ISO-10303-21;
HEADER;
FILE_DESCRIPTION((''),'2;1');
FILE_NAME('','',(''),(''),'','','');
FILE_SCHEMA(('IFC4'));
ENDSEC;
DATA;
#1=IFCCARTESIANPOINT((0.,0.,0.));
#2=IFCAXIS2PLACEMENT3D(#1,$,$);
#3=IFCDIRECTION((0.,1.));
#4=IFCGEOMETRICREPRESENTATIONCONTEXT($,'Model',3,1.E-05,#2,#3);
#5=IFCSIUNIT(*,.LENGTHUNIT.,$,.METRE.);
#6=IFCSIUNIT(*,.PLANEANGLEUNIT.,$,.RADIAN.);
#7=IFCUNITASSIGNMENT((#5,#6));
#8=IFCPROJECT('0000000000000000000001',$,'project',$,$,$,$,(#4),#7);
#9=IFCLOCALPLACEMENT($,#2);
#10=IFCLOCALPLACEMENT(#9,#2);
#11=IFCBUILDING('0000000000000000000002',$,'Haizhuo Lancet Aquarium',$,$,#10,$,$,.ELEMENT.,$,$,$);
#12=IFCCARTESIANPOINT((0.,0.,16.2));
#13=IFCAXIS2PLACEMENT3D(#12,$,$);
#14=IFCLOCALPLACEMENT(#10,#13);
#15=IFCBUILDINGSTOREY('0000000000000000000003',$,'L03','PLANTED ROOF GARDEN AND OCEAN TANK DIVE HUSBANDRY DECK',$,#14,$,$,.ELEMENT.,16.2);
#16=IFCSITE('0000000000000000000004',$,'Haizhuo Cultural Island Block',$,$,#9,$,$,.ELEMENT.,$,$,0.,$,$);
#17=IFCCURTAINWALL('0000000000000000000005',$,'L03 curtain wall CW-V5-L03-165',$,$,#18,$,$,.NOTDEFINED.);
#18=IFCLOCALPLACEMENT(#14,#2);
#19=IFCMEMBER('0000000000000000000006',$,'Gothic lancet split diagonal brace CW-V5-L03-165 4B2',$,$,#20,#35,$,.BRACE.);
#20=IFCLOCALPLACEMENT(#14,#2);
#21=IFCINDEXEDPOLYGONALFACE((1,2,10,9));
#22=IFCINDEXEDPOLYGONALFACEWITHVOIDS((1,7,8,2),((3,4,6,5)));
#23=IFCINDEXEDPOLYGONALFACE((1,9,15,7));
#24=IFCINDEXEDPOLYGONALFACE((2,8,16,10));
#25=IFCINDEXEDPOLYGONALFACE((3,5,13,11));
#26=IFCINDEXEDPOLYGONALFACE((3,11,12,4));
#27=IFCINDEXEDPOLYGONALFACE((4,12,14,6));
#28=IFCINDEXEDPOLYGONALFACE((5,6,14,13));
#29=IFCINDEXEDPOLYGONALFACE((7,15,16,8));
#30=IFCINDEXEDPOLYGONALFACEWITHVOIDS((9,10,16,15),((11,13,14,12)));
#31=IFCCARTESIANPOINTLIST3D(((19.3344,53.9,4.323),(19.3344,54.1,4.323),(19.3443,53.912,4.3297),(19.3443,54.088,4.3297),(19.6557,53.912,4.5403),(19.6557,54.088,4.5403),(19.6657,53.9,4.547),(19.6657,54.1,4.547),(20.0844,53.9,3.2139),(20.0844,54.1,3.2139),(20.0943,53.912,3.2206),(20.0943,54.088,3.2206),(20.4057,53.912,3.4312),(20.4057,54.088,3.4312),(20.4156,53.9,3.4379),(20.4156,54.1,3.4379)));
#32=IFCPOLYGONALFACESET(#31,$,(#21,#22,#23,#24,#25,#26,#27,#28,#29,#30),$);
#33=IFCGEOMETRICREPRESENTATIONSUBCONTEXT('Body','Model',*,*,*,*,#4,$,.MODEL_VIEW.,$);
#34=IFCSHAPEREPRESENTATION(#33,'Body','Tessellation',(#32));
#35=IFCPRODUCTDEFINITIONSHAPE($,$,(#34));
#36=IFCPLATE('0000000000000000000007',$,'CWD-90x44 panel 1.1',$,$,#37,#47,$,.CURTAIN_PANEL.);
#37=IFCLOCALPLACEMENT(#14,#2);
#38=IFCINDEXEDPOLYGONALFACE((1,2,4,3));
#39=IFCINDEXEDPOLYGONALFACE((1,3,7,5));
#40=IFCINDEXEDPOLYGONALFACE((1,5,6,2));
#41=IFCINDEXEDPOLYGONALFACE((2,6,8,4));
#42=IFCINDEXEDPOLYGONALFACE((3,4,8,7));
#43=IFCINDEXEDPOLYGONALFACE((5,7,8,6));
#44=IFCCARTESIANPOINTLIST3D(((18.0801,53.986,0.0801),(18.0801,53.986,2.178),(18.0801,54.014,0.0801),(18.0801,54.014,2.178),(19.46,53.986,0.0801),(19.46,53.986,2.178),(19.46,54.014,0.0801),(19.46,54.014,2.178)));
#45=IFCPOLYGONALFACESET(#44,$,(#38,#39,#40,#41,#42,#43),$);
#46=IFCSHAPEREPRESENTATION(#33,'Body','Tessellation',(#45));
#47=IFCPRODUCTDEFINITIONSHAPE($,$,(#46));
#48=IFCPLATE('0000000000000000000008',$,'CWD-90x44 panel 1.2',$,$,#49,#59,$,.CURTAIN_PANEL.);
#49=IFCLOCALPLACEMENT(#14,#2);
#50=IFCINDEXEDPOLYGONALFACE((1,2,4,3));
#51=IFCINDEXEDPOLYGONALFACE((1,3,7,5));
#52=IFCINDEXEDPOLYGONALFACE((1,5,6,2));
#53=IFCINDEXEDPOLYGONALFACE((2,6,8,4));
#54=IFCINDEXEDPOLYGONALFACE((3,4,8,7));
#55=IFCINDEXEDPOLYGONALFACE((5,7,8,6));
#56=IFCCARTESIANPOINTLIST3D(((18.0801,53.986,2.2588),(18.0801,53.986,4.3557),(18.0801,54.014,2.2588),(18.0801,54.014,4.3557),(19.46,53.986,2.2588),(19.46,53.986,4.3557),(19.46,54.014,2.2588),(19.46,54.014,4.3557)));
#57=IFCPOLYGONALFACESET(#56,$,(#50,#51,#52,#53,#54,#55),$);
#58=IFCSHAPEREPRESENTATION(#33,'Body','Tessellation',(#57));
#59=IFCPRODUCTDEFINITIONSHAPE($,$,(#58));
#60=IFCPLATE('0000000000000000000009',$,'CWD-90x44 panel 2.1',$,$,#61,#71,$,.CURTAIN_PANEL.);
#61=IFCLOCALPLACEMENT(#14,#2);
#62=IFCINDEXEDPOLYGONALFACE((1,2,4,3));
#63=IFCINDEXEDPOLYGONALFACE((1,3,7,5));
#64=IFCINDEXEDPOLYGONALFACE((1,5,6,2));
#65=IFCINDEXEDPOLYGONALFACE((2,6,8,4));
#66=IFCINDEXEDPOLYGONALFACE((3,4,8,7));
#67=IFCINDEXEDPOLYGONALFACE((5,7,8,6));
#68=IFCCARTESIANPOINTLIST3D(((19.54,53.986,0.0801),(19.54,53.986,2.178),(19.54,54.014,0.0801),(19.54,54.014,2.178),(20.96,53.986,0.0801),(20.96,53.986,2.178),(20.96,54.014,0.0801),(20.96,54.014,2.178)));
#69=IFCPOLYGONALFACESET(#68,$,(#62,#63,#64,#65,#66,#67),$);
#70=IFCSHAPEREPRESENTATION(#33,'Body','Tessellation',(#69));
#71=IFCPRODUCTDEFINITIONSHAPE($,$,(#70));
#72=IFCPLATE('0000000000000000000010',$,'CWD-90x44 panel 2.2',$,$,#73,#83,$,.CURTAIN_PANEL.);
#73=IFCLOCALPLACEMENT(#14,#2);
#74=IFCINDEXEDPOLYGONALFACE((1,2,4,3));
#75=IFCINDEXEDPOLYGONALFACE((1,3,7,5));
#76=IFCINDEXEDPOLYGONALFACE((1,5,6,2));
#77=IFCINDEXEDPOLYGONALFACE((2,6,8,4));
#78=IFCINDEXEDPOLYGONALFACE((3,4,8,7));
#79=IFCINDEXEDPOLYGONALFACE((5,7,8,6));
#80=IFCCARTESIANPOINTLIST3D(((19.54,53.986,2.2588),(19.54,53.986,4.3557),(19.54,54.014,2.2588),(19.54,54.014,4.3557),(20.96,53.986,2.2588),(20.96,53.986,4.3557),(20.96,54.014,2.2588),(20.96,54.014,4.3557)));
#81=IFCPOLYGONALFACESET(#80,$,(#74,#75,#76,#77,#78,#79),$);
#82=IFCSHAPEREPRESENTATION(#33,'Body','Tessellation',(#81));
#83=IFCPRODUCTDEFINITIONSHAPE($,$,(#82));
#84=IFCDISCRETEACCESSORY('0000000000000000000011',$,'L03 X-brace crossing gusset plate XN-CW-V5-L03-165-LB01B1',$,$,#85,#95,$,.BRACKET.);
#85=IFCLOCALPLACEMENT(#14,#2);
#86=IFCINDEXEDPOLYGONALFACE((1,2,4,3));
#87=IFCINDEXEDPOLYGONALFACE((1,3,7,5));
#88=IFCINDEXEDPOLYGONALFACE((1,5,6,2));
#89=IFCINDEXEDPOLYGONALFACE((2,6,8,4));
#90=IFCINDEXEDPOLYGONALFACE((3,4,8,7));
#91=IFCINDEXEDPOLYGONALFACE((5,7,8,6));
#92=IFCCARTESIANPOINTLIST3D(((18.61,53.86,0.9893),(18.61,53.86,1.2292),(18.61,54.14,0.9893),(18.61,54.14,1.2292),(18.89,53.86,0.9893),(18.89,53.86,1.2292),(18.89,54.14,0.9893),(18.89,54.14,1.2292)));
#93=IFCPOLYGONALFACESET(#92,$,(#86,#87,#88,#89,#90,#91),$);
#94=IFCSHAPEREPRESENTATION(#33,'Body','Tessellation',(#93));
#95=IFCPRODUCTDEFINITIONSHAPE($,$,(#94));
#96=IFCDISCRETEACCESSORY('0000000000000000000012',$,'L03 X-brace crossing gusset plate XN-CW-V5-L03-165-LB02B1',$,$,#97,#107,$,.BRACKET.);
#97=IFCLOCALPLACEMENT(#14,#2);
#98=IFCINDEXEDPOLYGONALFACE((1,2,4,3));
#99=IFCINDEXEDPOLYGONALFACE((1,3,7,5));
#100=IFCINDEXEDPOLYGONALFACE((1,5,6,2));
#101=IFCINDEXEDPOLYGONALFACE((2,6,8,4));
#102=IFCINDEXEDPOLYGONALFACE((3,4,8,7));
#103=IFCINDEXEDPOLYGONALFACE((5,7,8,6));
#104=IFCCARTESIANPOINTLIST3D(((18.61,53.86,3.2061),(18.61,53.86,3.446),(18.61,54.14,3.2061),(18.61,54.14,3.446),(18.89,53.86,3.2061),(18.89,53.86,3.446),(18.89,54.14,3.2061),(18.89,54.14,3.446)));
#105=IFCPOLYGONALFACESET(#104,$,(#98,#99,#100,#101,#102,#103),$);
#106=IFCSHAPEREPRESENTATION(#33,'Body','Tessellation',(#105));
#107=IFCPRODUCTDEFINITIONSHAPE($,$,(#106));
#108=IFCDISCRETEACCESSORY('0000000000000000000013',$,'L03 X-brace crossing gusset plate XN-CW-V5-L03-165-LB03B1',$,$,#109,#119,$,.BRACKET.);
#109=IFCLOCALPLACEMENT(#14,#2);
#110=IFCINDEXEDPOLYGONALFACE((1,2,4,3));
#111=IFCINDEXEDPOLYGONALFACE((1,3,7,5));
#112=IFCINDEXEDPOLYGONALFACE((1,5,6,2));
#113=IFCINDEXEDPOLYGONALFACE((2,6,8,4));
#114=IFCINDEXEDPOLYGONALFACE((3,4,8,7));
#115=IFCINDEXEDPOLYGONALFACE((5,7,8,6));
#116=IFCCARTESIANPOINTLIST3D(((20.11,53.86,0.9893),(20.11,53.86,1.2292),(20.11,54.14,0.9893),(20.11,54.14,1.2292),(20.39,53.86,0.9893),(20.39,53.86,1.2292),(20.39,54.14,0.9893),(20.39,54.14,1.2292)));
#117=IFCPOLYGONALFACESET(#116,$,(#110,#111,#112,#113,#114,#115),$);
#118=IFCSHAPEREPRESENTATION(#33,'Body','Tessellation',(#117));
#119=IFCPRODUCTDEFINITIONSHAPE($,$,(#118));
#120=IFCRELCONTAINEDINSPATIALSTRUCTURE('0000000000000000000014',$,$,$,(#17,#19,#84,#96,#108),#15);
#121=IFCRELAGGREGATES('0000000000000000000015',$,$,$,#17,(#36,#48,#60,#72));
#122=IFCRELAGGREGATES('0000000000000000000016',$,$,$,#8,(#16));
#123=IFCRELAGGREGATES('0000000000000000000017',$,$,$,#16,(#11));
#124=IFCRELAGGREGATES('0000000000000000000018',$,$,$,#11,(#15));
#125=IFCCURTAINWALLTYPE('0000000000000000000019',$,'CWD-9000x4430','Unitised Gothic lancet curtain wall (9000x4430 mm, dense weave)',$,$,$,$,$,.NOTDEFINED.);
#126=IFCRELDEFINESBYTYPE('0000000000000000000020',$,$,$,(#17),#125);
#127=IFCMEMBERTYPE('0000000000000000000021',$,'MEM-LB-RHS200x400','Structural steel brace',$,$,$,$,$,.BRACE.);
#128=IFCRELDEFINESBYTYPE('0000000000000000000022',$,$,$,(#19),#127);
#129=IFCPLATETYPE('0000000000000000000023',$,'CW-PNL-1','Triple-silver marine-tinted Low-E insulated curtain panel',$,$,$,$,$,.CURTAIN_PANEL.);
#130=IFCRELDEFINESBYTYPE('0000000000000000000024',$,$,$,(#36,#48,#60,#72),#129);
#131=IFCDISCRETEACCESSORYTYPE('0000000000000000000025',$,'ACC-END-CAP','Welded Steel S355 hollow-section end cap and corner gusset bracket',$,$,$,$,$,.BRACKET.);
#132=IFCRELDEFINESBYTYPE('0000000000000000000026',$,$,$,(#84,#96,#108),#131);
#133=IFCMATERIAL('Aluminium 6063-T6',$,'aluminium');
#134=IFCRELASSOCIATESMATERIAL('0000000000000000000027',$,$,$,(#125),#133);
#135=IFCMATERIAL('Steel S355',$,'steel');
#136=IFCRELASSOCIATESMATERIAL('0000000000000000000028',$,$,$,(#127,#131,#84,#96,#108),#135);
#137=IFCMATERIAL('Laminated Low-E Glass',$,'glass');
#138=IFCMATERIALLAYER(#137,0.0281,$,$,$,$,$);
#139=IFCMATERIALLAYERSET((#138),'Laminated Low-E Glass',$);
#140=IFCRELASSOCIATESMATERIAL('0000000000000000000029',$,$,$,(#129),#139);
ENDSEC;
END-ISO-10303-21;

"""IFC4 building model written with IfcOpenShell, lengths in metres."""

from ifc_helpers import new_model, si_unit, direction, frame, origin, origin_2d, place, context, subcontext, project, spatial, rectangle, hollow_rectangle, extrude, material, layer, layer_set, material_profile, profile_set, type_object, element, aggregate, save


model = new_model("IFC4")

# Units and contexts
model_context = context("Model", 3, precision=1e-05, world=origin(), true_north=direction((0.0, 1.0)))
body_context = subcontext(model_context, "Body", "Model", "MODEL_VIEW")
ifc_project = project(units=[si_unit("LENGTHUNIT", "METRE"), si_unit("PLANEANGLEUNIT", "RADIAN")], contexts=[model_context])

# Site, building, storey
site_placement = place(None, origin())
site = spatial("IfcSite", under=ifc_project, at=site_placement, Name="Haizhuo Cultural Island Block", CompositionType="ELEMENT", RefElevation=0.0)
building_placement = place(site_placement, origin())
building = spatial("IfcBuilding", under=site, at=building_placement, Name="Haizhuo Lancet Aquarium", CompositionType="ELEMENT")
storey_placement = place(building_placement, frame((0.0, 0.0, 16.2)))
storey = spatial("IfcBuildingStorey", under=building, at=storey_placement, Name="L03", Description="PLANTED ROOF GARDEN AND OCEAN TANK DIVE HUSBANDRY DECK", CompositionType="ELEMENT", Elevation=16.2)

# Shared definitions
ifc_material_1 = material(Name="Aluminium 6063-T6", Category="aluminium")

# Curtain wall
curtain_wall_type_1 = type_object("IfcCurtainWallType", Name="CWD-9000x4430", Description="Unitised Gothic lancet curtain wall (9000x4430 mm, dense weave)", PredefinedType="NOTDEFINED", material=ifc_material_1)
curtain_wall_1_placement = place(storey_placement, origin())
curtain_wall_1 = element("IfcCurtainWall", 1, at=curtain_wall_1_placement, inside=storey, type_object=curtain_wall_type_1, Name="L03 curtain wall CW-V5-L03-165", PredefinedType="NOTDEFINED")

# Member
ifc_material_2 = material(Name="Steel S355", Category="steel")
ifc_material_profile_1 = material_profile(ifc_material_2, hollow_rectangle(XDim=0.2, YDim=0.3999, WallThickness=0.012, at=origin_2d()), Name="RHS 200x400x12")
ifc_profile_set_1 = profile_set([ifc_material_profile_1], Name="Steel S355")
member_type_1 = type_object("IfcMemberType", Name="MEM-LB-RHS200x400", Description="Structural steel brace", PredefinedType="BRACE", material=ifc_profile_set_1)
member_1_placement = place(storey_placement, frame((20.25, 54.0, 3.3259), z_axis=(-0.560159, 0.0, 0.828385), x_axis=(0.0, -1.0, 0.0)))
element("IfcMember", 2, at=member_1_placement, inside=storey, type_object=member_type_1, Name="Gothic lancet split diagonal brace CW-V5-L03-165 4B2", PredefinedType="BRACE", context=body_context, shape_type="SweptSolid", body=[
    extrude(hollow_rectangle(XDim=0.2, YDim=0.3999, WallThickness=0.012, at=origin_2d()), origin(), (0.0, 0.0, 1.0), 1.3389),
])

# Plates
ifc_material_3 = material(Name="Laminated Low-E Glass", Category="glass")
ifc_layer = layer(ifc_material_3, 0.0281)
ifc_layer_set = layer_set([ifc_layer], Name="Laminated Low-E Glass")
plate_type = type_object("IfcPlateType", Name="CW-PNL-1", Description="Triple-silver marine-tinted Low-E insulated curtain panel", PredefinedType="CURTAIN_PANEL", material=ifc_layer_set)
plate_1_placement = place(storey_placement, frame((18.77, 54.0, 0.0801), z_axis=(0.0, 0.0, 1.0), x_axis=(1.0, 0.0, 0.0)))
plate_1 = element("IfcPlate", 3, at=plate_1_placement, type_object=plate_type, Name="CWD-90x44 panel 1.1", PredefinedType="CURTAIN_PANEL", context=body_context, shape_type="SweptSolid", body=[
    extrude(rectangle(XDim=1.3799, YDim=0.0281, at=origin_2d()), origin(), (0.0, 0.0, 1.0), 2.0979),
])
plate_2_placement = place(storey_placement, frame((18.77, 54.0, 2.2588), z_axis=(0.0, 0.0, 1.0), x_axis=(1.0, 0.0, 0.0)))
plate_2 = element("IfcPlate", 4, at=plate_2_placement, type_object=plate_type, Name="CWD-90x44 panel 1.2", PredefinedType="CURTAIN_PANEL", context=body_context, shape_type="SweptSolid", body=[
    extrude(rectangle(XDim=1.3799, YDim=0.0281, at=origin_2d()), origin(), (0.0, 0.0, 1.0), 2.0969),
])
plate_3_placement = place(storey_placement, frame((20.25, 54.0, 0.0801), z_axis=(0.0, 0.0, 1.0), x_axis=(1.0, 0.0, 0.0)))
plate_3 = element("IfcPlate", 5, at=plate_3_placement, type_object=plate_type, Name="CWD-90x44 panel 2.1", PredefinedType="CURTAIN_PANEL", context=body_context, shape_type="SweptSolid", body=[
    extrude(rectangle(XDim=1.4199, YDim=0.0281, at=origin_2d()), origin(), (0.0, 0.0, 1.0), 2.0979),
])
plate_4_placement = place(storey_placement, frame((20.25, 54.0, 2.2588), z_axis=(0.0, 0.0, 1.0), x_axis=(1.0, 0.0, 0.0)))
plate_4 = element("IfcPlate", 6, at=plate_4_placement, type_object=plate_type, Name="CWD-90x44 panel 2.2", PredefinedType="CURTAIN_PANEL", context=body_context, shape_type="SweptSolid", body=[
    extrude(rectangle(XDim=1.4199, YDim=0.0281, at=origin_2d()), origin(), (0.0, 0.0, 1.0), 2.0969),
])
aggregate(curtain_wall_1, [plate_1, plate_2, plate_3, plate_4])

# Discrete accessories
discrete_accessory_type = type_object("IfcDiscreteAccessoryType", Name="ACC-END-CAP", Description="Welded Steel S355 hollow-section end cap and corner gusset bracket", PredefinedType="BRACKET", material=ifc_material_2)
for number, where, z_axis, x_axis, name in (
    (7, (18.75, 54.0, 0.9893), (0.0, 0.0, 1.0), (1.0, 0.0, 0.0), "L03 X-brace crossing gusset plate XN-CW-V5-L03-165-LB01B1"),
    (8, (18.75, 54.0, 3.2061), (0.0, 0.0, 1.0), (1.0, 0.0, 0.0), "L03 X-brace crossing gusset plate XN-CW-V5-L03-165-LB02B1"),
    (9, (20.25, 54.0, 0.9893), (0.0, 0.0, 1.0), (1.0, 0.0, 0.0), "L03 X-brace crossing gusset plate XN-CW-V5-L03-165-LB03B1"),
):
    element("IfcDiscreteAccessory", number, at=place(storey_placement, frame(where, z_axis=z_axis, x_axis=x_axis)), inside=storey, type_object=discrete_accessory_type, material=ifc_material_2, Name=name, PredefinedType="BRACKET", context=body_context, shape_type="SweptSolid", body=[
        extrude(rectangle(XDim=0.28, YDim=0.28, at=origin_2d()), origin(), (0.0, 0.0, 1.0), 0.24),
    ])

save(model, "model.ifc")
